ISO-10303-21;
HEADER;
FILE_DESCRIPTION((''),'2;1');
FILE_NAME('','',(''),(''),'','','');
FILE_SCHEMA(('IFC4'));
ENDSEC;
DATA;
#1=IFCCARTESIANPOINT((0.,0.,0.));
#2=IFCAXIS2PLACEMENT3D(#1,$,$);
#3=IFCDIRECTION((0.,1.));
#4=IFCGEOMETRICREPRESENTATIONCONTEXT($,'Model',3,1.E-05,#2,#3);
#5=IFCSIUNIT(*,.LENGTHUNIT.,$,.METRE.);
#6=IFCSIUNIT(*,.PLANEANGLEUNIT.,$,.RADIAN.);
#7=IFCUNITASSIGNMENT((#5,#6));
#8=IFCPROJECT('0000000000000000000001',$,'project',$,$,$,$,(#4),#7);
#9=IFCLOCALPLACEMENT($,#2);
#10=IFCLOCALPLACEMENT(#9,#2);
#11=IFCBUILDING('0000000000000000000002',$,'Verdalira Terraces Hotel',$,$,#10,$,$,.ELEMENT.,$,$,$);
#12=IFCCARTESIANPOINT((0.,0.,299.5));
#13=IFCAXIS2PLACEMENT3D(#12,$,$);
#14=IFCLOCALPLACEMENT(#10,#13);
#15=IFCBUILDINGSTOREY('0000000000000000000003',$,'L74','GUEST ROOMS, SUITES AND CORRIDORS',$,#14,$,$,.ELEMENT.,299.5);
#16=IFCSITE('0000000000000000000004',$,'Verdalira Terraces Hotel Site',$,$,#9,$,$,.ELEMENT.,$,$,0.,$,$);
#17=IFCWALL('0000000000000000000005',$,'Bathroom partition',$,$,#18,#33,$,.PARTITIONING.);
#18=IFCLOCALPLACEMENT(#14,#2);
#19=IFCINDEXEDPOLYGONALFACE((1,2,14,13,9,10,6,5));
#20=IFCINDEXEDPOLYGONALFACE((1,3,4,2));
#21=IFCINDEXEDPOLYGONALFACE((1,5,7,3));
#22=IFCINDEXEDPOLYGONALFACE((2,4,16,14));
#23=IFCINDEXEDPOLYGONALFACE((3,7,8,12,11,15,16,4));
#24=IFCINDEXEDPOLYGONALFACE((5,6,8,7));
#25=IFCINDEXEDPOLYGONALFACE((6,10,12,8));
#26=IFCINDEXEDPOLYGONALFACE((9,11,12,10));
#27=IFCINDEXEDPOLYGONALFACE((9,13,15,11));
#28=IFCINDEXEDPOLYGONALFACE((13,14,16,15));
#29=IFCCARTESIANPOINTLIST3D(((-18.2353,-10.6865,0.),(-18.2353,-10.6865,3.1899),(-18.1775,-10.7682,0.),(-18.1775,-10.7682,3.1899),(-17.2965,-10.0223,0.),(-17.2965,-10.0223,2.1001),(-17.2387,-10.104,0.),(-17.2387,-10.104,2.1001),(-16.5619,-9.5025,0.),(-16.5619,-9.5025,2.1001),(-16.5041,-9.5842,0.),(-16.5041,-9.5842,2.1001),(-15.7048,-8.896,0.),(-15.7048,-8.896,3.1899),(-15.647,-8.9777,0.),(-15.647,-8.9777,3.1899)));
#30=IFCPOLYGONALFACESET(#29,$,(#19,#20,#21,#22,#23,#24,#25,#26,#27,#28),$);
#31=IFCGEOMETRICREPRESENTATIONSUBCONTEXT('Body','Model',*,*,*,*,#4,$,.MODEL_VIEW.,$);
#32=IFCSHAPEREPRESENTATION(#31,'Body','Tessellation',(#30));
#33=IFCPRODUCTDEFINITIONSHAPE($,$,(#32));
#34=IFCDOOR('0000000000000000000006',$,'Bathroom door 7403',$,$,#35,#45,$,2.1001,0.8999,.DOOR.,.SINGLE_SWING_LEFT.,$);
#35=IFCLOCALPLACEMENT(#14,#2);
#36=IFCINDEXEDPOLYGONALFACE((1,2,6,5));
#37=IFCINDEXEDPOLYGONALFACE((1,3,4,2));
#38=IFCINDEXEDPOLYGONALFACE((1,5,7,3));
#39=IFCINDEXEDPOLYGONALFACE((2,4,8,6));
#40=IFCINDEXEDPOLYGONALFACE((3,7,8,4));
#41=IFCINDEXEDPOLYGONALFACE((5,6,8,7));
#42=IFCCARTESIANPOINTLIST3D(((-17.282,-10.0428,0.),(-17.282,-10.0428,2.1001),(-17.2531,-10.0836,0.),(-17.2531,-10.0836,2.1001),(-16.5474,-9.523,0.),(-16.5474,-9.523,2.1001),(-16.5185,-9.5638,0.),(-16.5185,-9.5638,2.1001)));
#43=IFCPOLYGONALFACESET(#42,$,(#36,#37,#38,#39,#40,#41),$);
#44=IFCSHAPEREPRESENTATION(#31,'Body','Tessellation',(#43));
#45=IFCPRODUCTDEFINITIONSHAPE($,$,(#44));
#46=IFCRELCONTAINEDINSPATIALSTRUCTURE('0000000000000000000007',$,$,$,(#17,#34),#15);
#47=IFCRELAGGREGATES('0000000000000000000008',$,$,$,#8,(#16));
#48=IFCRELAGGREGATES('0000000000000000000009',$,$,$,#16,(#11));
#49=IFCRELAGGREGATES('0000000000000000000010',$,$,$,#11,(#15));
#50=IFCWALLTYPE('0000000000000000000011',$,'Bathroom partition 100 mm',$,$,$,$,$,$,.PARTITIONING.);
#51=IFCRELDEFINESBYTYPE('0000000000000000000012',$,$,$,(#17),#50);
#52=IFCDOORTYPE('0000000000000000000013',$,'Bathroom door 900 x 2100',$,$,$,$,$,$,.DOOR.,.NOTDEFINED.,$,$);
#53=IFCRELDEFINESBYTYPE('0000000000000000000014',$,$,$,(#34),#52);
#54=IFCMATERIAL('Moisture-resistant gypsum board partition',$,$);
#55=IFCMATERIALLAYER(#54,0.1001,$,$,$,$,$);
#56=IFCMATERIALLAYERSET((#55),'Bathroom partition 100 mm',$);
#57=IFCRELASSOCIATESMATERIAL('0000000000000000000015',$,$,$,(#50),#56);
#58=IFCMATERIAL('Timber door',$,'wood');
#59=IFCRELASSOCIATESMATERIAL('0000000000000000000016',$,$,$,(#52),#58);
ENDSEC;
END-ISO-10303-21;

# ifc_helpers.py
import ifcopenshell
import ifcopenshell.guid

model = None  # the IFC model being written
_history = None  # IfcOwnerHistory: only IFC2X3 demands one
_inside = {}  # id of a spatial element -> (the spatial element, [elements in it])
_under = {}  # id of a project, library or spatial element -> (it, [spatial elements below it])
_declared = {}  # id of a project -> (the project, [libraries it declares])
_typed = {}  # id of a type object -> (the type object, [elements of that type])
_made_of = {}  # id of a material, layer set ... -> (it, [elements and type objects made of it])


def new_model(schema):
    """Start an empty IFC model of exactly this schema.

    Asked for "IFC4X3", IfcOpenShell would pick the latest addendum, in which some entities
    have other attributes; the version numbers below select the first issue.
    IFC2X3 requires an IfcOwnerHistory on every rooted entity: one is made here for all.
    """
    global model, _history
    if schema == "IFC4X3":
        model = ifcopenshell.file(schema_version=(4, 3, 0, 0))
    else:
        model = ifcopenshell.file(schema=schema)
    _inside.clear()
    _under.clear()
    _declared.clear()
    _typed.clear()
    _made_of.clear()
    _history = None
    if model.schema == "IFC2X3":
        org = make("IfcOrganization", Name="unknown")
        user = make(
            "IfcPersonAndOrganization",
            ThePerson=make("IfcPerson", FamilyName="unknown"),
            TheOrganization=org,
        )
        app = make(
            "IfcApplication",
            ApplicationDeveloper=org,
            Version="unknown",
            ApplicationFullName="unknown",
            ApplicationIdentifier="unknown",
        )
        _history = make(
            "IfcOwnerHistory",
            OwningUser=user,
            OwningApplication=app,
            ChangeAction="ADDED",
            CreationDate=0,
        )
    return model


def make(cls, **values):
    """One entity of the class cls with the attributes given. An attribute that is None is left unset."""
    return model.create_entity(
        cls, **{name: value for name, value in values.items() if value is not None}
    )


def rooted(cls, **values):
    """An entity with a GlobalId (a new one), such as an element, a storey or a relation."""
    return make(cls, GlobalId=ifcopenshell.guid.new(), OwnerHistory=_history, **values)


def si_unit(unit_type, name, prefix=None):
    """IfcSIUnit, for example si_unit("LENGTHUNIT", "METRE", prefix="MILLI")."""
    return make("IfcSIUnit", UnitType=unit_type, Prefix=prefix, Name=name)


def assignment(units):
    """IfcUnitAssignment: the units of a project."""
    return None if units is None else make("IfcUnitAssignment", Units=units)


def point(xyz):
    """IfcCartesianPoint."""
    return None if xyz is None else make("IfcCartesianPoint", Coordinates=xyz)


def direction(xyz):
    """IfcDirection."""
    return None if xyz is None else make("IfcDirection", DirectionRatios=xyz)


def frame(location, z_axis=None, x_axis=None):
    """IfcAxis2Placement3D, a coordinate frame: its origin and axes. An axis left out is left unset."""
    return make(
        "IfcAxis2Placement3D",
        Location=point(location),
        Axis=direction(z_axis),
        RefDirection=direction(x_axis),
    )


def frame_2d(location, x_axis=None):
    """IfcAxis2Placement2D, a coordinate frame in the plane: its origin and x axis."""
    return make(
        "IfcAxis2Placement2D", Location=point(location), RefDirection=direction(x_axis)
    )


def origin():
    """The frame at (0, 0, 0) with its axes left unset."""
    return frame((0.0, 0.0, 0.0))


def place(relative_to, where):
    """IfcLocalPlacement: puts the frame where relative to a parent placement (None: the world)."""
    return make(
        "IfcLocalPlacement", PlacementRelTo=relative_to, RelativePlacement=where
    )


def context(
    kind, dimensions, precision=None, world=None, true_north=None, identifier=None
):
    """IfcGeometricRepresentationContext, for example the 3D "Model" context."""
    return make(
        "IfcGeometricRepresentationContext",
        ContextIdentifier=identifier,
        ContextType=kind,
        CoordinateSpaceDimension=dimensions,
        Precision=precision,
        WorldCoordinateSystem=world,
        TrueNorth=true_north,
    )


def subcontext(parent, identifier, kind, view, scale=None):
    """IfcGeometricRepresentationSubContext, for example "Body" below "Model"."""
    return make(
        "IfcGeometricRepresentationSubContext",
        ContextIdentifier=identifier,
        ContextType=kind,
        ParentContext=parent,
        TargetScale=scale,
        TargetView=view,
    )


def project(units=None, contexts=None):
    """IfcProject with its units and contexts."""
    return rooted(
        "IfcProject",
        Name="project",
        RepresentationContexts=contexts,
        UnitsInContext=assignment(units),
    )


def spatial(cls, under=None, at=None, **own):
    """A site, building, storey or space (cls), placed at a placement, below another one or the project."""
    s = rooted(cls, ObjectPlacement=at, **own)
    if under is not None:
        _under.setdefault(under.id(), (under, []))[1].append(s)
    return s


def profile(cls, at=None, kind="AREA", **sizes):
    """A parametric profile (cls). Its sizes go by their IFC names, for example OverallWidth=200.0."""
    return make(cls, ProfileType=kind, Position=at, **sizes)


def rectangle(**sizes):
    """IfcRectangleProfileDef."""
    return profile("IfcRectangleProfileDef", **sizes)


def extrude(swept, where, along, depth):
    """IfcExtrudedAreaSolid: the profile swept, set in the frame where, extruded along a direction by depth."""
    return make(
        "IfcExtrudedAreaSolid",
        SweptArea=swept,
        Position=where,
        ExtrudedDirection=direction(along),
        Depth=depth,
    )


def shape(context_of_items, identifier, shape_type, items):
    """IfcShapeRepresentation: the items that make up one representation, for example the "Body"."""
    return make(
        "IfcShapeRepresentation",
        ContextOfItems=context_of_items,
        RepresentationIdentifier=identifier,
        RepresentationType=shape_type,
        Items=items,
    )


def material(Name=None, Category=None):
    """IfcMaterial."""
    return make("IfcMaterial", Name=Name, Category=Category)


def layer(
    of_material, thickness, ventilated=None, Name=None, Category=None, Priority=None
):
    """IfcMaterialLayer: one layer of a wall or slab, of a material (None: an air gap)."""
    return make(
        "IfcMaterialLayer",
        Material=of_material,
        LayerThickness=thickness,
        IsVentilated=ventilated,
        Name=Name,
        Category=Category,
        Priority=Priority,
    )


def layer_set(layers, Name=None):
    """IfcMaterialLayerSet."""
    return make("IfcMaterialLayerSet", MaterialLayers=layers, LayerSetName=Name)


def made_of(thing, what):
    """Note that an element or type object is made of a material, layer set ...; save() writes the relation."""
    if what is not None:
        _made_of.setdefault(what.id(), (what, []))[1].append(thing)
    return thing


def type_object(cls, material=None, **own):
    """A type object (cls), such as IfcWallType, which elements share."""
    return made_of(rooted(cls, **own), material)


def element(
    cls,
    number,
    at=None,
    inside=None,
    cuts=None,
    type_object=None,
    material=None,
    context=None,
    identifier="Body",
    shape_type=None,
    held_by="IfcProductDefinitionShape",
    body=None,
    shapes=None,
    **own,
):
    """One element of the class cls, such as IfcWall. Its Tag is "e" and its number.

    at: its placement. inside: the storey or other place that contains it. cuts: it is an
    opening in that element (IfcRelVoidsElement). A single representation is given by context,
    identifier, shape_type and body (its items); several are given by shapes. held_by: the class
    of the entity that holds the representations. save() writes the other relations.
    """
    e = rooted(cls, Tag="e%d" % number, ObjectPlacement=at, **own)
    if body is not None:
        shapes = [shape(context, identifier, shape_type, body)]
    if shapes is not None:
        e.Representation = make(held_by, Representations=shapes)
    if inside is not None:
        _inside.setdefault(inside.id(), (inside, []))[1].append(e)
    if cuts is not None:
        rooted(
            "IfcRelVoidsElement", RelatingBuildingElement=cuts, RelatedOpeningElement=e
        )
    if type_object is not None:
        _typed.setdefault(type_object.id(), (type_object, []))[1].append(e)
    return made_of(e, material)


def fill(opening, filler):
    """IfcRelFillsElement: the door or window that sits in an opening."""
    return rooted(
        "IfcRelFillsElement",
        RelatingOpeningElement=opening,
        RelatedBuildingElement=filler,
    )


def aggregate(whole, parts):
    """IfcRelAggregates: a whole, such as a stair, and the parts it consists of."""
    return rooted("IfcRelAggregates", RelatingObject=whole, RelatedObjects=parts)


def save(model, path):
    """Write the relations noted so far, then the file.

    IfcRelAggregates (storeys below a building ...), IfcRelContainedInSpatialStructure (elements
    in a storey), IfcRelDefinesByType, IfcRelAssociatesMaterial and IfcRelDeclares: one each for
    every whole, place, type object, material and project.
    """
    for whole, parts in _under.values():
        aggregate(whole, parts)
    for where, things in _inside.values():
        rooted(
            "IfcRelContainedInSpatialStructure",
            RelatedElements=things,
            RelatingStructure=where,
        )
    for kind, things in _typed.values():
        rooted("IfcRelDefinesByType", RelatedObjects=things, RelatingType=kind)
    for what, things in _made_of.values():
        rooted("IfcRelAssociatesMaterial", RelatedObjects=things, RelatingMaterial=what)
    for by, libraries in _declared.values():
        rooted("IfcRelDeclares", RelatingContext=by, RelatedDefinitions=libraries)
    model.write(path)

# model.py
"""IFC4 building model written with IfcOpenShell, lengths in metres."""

from ifc_helpers import new_model, si_unit, direction, frame, frame_2d, origin, place, context, subcontext, project, spatial, rectangle, extrude, material, layer, layer_set, type_object, element, fill, save


model = new_model("IFC4")

# Units and contexts
model_context = context("Model", 3, precision=1e-05, world=origin(), true_north=direction((0.0, 1.0)))
body_context = subcontext(model_context, "Body", "Model", "MODEL_VIEW")
ifc_project = project(units=[si_unit("LENGTHUNIT", "METRE"), si_unit("PLANEANGLEUNIT", "RADIAN")], contexts=[model_context])

# Site, building, storey
site_placement = place(None, origin())
site = spatial("IfcSite", under=ifc_project, at=site_placement, Name="Verdalira Terraces Hotel Site", CompositionType="ELEMENT", RefElevation=0.0)
building_placement = place(site_placement, origin())
building = spatial("IfcBuilding", under=site, at=building_placement, Name="Verdalira Terraces Hotel", CompositionType="ELEMENT")
storey_placement = place(building_placement, frame((0.0, 0.0, 299.5)))
storey = spatial("IfcBuildingStorey", under=building, at=storey_placement, Name="L74", Description="GUEST ROOMS, SUITES AND CORRIDORS", CompositionType="ELEMENT", Elevation=299.5)

# Shared definitions
ifc_material_1 = material(Name="Moisture-resistant gypsum board partition")
ifc_layer_1 = layer(ifc_material_1, 0.1001)
ifc_layer_set_1 = layer_set([ifc_layer_1], Name="Bathroom partition 100 mm")
wall_type_1 = type_object("IfcWallType", Name="Bathroom partition 100 mm", PredefinedType="PARTITIONING", material=ifc_layer_set_1)

# Wall, opening, door
wall_1_placement = place(storey_placement, frame((-18.2063, -10.7273, 0.0), z_axis=(0.0, 0.0, 1.0), x_axis=(0.816317, 0.577604, 0.0)))
wall_1 = element("IfcWall", 1, at=wall_1_placement, inside=storey, type_object=wall_type_1, Name="Bathroom partition", PredefinedType="PARTITIONING", context=body_context, shape_type="SweptSolid", body=[
    extrude(rectangle(XDim=3.0999, YDim=0.1001, at=frame_2d((1.5498, 0.0))), origin(), (0.0, 0.0, 1.0), 3.1899),
])
opening_placement = place(wall_1_placement, frame((1.1499, 0.0, 0.0)))
opening = element("IfcOpeningElement", 2, at=opening_placement, cuts=wall_1, PredefinedType="OPENING", context=body_context, shape_type="SweptSolid", body=[
    extrude(rectangle(XDim=0.8999, YDim=2.1001, at=frame_2d((0.45, 1.05))), frame((0.0, 0.0601, 0.0), z_axis=(0.0, -1.0, 0.0), x_axis=(1.0, 0.0, 0.0)), (0.0, 0.0, 1.0), 0.1201),
])
ifc_material_2 = material(Name="Timber door", Category="wood")
door_type = type_object("IfcDoorType", Name="Bathroom door 900 x 2100", OperationType="NOTDEFINED", PredefinedType="DOOR", material=ifc_material_2)
door_placement = place(opening_placement, origin())
door = element("IfcDoor", 3, at=door_placement, inside=storey, type_object=door_type, Name="Bathroom door 7403", OperationType="SINGLE_SWING_LEFT", OverallHeight=2.1001, OverallWidth=0.8999, PredefinedType="DOOR", context=body_context, shape_type="SweptSolid", body=[
    extrude(rectangle(XDim=0.8999, YDim=2.1001, at=frame_2d((0.45, 1.05))), frame((0.0, 0.0249, 0.0), z_axis=(0.0, -1.0, 0.0), x_axis=(1.0, 0.0, 0.0)), (0.0, 0.0, 1.0), 0.05),
])
fill(opening, door)

save(model, "model.ifc")
